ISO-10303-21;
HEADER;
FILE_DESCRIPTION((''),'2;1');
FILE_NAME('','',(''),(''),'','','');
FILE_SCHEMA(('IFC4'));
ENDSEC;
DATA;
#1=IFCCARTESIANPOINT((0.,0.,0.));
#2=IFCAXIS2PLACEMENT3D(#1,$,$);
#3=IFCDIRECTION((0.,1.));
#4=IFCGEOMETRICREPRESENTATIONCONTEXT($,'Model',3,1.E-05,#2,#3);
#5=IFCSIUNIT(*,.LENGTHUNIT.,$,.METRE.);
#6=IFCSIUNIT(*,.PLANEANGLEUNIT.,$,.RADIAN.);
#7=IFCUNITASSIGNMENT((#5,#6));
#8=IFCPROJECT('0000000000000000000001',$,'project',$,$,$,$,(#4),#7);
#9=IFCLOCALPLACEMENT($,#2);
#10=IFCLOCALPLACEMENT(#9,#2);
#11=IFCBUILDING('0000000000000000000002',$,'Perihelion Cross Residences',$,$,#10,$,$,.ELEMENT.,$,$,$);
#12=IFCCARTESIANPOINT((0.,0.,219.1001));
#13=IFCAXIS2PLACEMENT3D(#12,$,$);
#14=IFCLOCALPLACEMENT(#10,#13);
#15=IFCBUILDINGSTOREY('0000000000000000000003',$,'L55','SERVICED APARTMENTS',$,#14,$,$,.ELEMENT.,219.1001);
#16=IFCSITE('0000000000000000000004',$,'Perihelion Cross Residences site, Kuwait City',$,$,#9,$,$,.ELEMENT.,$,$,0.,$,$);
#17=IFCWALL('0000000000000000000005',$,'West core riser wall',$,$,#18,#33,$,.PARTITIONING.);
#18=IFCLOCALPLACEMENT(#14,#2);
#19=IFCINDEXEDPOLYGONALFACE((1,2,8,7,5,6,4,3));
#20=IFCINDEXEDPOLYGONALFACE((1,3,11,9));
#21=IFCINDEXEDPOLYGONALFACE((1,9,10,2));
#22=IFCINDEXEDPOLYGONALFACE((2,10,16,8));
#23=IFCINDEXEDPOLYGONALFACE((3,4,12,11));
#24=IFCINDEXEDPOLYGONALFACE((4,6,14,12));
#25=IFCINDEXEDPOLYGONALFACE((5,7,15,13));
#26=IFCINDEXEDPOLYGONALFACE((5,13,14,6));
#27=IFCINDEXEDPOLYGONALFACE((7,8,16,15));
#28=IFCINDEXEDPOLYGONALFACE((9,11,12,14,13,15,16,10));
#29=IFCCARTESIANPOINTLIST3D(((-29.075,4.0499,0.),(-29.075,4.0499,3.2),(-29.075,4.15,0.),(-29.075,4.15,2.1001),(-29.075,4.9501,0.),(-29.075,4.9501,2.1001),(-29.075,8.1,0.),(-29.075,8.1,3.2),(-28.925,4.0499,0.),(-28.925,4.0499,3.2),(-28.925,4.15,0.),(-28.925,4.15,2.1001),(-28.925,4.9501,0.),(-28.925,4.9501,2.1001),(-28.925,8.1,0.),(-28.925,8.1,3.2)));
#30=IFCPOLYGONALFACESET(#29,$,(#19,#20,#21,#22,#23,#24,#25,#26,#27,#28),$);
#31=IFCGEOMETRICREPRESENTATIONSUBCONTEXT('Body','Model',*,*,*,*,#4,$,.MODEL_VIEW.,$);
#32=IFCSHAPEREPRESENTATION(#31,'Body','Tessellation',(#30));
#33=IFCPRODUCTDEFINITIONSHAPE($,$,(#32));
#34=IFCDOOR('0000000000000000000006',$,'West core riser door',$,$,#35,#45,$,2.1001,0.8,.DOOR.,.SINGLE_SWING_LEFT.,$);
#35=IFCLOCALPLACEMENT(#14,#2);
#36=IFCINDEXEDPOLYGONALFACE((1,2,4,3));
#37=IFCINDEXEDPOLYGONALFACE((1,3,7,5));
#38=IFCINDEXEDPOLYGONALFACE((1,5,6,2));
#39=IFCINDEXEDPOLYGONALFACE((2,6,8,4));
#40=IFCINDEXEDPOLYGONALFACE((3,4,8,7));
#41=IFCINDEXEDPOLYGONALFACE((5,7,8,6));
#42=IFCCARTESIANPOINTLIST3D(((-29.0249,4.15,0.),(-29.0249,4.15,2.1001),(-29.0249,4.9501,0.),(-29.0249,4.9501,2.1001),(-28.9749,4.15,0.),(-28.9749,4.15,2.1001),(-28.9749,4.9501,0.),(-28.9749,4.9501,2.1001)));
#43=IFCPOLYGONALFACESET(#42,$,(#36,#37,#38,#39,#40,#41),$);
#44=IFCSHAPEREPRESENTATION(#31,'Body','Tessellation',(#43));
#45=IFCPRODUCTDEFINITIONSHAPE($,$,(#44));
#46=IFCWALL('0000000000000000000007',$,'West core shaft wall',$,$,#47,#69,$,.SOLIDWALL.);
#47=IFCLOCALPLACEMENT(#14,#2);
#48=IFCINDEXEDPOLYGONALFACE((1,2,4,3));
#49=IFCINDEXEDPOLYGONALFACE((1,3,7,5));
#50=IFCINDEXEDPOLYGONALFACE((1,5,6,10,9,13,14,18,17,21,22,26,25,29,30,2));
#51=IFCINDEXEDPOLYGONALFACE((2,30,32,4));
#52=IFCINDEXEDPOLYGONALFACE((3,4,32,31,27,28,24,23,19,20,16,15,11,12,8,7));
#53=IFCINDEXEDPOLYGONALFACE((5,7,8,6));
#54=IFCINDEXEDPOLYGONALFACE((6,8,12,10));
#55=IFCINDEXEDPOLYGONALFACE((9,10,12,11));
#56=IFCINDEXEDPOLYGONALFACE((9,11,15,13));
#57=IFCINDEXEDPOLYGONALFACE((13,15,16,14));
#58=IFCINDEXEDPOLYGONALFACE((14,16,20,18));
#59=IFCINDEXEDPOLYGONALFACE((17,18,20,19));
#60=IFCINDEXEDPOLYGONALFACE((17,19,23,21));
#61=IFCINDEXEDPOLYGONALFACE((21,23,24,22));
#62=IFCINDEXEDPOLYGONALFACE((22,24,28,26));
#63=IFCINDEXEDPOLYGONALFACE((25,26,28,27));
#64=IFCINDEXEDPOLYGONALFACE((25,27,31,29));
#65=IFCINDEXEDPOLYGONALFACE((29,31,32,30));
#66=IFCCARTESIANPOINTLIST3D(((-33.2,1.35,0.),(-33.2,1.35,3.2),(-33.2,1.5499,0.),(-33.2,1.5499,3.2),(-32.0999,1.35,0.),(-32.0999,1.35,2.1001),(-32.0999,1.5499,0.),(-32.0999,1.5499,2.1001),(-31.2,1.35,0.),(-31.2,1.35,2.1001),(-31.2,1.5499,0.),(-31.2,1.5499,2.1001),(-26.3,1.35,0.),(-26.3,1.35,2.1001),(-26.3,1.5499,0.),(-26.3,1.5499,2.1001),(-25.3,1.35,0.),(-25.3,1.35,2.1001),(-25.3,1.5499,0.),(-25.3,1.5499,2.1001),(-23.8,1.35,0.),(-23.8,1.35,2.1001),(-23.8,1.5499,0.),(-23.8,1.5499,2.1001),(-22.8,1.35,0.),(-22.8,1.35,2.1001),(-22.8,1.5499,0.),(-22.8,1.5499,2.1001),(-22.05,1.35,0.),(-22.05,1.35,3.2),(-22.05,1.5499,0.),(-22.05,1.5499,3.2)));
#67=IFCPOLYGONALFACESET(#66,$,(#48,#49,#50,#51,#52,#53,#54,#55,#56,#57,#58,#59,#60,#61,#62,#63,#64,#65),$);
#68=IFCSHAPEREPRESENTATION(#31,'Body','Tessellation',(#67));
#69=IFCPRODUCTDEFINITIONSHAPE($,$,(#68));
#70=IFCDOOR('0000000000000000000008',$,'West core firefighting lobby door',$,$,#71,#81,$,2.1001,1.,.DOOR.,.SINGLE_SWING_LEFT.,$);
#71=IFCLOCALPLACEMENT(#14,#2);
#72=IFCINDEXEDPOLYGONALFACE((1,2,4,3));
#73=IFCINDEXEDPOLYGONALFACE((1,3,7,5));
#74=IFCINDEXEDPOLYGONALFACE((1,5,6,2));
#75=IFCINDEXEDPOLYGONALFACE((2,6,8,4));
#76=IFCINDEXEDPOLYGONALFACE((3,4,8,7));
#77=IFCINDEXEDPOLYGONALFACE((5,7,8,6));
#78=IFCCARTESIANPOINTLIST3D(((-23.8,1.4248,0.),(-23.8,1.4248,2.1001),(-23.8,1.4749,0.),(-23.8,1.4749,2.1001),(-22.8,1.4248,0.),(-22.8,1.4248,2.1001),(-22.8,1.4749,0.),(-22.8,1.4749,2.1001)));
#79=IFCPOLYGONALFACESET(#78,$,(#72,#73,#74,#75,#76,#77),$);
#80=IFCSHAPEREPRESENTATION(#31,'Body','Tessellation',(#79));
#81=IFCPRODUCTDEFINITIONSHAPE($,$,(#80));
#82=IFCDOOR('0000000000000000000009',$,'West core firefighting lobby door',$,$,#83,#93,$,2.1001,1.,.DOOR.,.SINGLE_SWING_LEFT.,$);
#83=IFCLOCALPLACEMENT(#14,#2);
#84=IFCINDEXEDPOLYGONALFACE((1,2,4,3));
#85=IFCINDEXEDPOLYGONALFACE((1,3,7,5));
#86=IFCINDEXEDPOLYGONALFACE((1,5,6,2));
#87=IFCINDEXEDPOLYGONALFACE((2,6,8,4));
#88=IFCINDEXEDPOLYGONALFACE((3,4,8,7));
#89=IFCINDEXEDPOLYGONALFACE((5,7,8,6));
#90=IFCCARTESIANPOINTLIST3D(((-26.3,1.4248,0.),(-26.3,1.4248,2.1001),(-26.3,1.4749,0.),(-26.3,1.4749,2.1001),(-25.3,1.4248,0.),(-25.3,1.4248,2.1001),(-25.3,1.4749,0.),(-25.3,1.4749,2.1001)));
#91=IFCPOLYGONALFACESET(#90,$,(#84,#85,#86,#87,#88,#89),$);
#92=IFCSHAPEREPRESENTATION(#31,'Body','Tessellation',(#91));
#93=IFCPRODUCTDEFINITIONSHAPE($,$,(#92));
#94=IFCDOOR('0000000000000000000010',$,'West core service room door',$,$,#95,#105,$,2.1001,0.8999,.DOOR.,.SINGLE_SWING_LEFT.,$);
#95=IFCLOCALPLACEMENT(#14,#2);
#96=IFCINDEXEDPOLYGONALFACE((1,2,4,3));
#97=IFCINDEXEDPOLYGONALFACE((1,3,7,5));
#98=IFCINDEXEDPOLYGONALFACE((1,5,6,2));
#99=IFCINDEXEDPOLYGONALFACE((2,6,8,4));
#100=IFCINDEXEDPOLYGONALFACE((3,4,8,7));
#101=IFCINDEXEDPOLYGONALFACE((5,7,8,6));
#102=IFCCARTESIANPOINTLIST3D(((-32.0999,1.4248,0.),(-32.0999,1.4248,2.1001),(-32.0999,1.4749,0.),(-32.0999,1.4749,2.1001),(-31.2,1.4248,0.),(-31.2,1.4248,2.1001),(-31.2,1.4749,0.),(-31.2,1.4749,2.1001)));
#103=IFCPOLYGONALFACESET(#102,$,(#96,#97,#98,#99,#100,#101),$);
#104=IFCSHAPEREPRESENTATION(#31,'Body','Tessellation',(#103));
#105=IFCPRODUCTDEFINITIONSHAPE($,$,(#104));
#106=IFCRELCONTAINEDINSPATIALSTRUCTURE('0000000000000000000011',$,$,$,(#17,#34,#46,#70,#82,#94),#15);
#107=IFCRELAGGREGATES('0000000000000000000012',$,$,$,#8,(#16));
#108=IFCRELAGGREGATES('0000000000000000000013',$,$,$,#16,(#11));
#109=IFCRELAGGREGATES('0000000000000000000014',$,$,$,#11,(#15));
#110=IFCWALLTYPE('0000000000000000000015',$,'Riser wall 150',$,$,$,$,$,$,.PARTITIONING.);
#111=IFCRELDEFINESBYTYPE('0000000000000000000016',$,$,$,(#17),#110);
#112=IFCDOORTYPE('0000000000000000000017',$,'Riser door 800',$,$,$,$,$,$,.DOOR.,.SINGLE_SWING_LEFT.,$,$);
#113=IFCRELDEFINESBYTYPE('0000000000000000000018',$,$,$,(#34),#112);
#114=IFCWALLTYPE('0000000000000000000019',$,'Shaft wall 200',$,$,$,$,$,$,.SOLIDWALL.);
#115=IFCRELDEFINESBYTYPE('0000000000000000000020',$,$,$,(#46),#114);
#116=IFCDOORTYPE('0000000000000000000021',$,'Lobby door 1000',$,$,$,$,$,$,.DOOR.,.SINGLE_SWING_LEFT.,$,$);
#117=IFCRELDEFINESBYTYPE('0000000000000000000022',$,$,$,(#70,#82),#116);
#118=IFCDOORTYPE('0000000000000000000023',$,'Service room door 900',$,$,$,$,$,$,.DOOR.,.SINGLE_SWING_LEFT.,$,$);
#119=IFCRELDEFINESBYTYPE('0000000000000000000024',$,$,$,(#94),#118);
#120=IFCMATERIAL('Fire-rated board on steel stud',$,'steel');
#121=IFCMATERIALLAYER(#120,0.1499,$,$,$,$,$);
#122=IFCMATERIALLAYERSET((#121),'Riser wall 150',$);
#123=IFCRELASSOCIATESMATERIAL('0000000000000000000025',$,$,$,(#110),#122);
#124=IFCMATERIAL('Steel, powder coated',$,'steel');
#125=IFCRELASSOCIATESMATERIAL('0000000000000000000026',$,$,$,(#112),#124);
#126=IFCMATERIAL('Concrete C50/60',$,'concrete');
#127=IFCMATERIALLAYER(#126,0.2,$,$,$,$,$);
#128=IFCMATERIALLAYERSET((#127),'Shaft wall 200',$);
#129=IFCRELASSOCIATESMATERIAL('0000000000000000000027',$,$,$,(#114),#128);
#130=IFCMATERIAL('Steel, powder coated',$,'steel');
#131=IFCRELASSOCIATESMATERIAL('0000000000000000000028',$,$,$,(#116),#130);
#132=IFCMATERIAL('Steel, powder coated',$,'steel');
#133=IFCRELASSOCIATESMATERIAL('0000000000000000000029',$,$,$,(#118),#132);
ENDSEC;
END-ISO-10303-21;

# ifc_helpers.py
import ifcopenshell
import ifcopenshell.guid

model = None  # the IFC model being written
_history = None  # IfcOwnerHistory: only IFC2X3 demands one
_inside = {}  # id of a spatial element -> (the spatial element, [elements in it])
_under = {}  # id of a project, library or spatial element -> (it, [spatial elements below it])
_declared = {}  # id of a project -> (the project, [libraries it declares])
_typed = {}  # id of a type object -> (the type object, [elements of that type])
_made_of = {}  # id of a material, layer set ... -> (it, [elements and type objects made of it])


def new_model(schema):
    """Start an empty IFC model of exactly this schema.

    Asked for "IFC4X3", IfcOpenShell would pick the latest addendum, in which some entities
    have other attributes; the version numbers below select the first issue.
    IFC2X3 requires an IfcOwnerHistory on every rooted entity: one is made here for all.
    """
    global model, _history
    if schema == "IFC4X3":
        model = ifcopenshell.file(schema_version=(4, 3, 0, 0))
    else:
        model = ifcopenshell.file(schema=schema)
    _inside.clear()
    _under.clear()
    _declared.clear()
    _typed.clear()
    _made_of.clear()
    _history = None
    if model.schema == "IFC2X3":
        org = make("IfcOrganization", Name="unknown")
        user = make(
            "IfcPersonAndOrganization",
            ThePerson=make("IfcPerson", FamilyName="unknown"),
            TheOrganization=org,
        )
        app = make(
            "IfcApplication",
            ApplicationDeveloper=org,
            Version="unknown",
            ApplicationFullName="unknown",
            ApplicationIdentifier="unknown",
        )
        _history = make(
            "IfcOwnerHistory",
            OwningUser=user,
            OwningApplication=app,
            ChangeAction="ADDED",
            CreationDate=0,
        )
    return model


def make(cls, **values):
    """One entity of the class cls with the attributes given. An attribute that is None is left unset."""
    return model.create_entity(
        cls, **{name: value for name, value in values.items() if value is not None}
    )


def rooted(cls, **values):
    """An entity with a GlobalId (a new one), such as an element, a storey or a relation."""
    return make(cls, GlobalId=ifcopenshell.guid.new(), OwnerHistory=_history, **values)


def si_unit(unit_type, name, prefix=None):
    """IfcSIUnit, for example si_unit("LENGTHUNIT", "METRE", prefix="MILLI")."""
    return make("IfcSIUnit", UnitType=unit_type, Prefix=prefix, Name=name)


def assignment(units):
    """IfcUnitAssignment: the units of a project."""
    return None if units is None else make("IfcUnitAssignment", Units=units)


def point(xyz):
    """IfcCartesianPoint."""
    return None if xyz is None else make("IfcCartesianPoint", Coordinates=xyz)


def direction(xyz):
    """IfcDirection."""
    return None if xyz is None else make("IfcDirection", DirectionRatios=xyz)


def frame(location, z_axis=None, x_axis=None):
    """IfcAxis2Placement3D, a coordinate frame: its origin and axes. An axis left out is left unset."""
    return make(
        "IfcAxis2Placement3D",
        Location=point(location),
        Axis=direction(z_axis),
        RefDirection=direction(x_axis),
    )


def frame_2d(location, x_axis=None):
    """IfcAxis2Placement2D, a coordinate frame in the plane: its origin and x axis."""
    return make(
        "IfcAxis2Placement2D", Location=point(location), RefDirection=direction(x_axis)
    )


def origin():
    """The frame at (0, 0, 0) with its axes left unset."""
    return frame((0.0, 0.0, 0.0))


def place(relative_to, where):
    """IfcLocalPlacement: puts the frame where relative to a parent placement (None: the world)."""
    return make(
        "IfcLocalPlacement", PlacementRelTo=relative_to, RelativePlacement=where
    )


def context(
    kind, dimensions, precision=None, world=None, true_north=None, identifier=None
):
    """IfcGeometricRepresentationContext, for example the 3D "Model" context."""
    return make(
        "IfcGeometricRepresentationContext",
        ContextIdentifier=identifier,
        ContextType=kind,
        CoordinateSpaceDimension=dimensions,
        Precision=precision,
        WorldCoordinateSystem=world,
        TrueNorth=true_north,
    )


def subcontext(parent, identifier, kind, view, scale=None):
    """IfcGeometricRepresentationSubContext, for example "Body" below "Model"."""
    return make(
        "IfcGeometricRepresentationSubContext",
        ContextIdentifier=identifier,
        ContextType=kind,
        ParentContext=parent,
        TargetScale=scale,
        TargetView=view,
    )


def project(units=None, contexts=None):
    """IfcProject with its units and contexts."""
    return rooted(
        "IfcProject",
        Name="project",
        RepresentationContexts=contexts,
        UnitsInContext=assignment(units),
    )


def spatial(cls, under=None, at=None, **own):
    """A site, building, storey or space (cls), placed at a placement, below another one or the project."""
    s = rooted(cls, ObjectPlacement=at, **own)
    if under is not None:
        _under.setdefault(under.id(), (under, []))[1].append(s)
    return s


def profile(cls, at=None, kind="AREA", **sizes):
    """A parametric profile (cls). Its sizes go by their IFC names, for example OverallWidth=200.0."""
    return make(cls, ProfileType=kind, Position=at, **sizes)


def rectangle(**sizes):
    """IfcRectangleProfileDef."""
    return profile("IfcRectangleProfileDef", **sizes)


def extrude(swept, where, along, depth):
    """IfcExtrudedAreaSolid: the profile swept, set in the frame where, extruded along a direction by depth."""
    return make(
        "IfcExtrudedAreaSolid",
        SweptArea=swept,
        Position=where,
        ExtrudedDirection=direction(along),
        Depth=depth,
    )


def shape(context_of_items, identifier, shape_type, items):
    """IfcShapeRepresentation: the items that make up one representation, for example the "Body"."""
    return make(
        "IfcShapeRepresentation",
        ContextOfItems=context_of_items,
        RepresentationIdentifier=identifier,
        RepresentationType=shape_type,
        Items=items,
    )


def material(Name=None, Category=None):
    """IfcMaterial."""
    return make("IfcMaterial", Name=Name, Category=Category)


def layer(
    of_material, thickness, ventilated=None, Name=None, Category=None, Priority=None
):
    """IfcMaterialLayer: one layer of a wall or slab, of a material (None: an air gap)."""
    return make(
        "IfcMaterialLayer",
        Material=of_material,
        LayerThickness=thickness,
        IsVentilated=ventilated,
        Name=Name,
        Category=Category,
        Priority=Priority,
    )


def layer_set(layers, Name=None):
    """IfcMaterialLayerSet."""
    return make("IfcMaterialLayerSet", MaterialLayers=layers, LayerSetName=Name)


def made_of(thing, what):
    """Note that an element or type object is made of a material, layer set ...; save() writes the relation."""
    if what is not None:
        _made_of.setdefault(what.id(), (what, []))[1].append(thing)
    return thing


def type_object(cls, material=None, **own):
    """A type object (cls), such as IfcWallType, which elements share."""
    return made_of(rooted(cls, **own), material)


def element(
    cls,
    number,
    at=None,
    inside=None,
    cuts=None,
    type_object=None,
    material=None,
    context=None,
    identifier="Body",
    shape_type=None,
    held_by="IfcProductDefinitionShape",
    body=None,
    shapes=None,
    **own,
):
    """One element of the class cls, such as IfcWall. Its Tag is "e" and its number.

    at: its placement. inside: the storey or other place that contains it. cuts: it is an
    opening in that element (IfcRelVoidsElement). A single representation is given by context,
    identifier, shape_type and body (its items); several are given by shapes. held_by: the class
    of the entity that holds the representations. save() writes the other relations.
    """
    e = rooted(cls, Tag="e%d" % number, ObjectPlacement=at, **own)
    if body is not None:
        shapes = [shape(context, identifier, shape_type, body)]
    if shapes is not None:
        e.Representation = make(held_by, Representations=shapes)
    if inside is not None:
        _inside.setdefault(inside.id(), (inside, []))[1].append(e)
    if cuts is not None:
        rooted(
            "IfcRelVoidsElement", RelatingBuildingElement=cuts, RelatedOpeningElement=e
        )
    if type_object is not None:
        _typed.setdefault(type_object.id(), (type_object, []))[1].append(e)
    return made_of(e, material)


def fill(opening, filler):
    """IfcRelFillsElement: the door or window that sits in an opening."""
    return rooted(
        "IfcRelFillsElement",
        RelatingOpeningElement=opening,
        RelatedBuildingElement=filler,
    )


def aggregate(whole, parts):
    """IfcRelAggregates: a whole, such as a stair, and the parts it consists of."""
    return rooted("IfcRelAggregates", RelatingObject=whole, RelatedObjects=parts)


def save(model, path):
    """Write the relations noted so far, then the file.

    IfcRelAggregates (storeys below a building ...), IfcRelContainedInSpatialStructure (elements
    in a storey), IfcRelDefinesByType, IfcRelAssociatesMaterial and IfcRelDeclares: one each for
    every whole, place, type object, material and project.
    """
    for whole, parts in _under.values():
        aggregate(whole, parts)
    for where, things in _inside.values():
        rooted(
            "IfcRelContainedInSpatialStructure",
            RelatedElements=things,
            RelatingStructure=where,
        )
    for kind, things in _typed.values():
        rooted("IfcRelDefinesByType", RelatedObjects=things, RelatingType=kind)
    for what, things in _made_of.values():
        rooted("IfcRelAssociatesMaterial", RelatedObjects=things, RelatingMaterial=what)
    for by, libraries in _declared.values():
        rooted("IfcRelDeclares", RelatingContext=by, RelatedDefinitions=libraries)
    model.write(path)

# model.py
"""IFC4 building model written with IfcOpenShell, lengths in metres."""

from ifc_helpers import new_model, si_unit, direction, frame, frame_2d, origin, place, context, subcontext, project, spatial, rectangle, extrude, material, layer, layer_set, type_object, element, fill, save


model = new_model("IFC4")

# Units and contexts
model_context = context("Model", 3, precision=1e-05, world=origin(), true_north=direction((0.0, 1.0)))
body_context = subcontext(model_context, "Body", "Model", "MODEL_VIEW")
ifc_project = project(units=[si_unit("LENGTHUNIT", "METRE"), si_unit("PLANEANGLEUNIT", "RADIAN")], contexts=[model_context])

# Site, building, storey
site_placement = place(None, origin())
site = spatial("IfcSite", under=ifc_project, at=site_placement, Name="Perihelion Cross Residences site, Kuwait City", CompositionType="ELEMENT", RefElevation=0.0)
building_placement = place(site_placement, origin())
building = spatial("IfcBuilding", under=site, at=building_placement, Name="Perihelion Cross Residences", CompositionType="ELEMENT")
storey_placement = place(building_placement, frame((0.0, 0.0, 219.1001)))
storey = spatial("IfcBuildingStorey", under=building, at=storey_placement, Name="L55", Description="SERVICED APARTMENTS", CompositionType="ELEMENT", Elevation=219.1001)

# Wall, opening, door
ifc_material_1 = material(Name="Fire-rated board on steel stud", Category="steel")
ifc_layer_1 = layer(ifc_material_1, 0.1499)
ifc_layer_set_1 = layer_set([ifc_layer_1], Name="Riser wall 150")
wall_type_1 = type_object("IfcWallType", Name="Riser wall 150", PredefinedType="PARTITIONING", material=ifc_layer_set_1)
wall_1_placement = place(storey_placement, frame((-29.0, 4.05, 0.0), z_axis=(0.0, 0.0, 1.0), x_axis=(0.0, 1.0, 0.0)))
wall_1 = element("IfcWall", 1, at=wall_1_placement, inside=storey, type_object=wall_type_1, Name="West core riser wall", PredefinedType="PARTITIONING", context=body_context, shape_type="SweptSolid", body=[
    extrude(rectangle(XDim=4.05, YDim=0.1499, at=frame_2d((2.0249, 0.0))), origin(), (0.0, 0.0, 1.0), 3.2),
])
opening_1_placement = place(wall_1_placement, frame((0.1001, 0.0, 0.0)))
opening_1 = element("IfcOpeningElement", 2, at=opening_1_placement, cuts=wall_1, PredefinedType="OPENING", context=body_context, shape_type="SweptSolid", body=[
    extrude(rectangle(XDim=0.8, YDim=2.1001, at=frame_2d((0.3999, 1.05))), frame((0.0, 0.085, 0.0), z_axis=(0.0, -1.0, 0.0), x_axis=(1.0, 0.0, 0.0)), (0.0, 0.0, 1.0), 0.1699),
])
ifc_material_2 = material(Name="Steel, powder coated", Category="steel")
door_type_1 = type_object("IfcDoorType", Name="Riser door 800", OperationType="SINGLE_SWING_LEFT", PredefinedType="DOOR", material=ifc_material_2)
door_1_placement = place(opening_1_placement, origin())
door_1 = element("IfcDoor", 3, at=door_1_placement, inside=storey, type_object=door_type_1, Name="West core riser door", OperationType="SINGLE_SWING_LEFT", OverallHeight=2.1001, OverallWidth=0.8, PredefinedType="DOOR", context=body_context, shape_type="SweptSolid", body=[
    extrude(rectangle(XDim=0.8, YDim=2.1001, at=frame_2d((0.3999, 1.05))), frame((0.0, 0.0249, 0.0), z_axis=(0.0, -1.0, 0.0), x_axis=(1.0, 0.0, 0.0)), (0.0, 0.0, 1.0), 0.05),
])
fill(opening_1, door_1)

# Wall, openings, doors
ifc_material_3 = material(Name="Concrete C50/60", Category="concrete")
ifc_layer_2 = layer(ifc_material_3, 0.2)
ifc_layer_set_2 = layer_set([ifc_layer_2], Name="Shaft wall 200")
wall_type_2 = type_object("IfcWallType", Name="Shaft wall 200", PredefinedType="SOLIDWALL", material=ifc_layer_set_2)
wall_2_placement = place(storey_placement, frame((-33.2, 1.45, 0.0), z_axis=(0.0, 0.0, 1.0), x_axis=(1.0, 0.0, 0.0)))
wall_2 = element("IfcWall", 4, at=wall_2_placement, inside=storey, type_object=wall_type_2, Name="West core shaft wall", PredefinedType="SOLIDWALL", context=body_context, shape_type="SweptSolid", body=[
    extrude(rectangle(XDim=11.1499, YDim=0.2, at=frame_2d((5.575, 0.0))), origin(), (0.0, 0.0, 1.0), 3.2),
])
opening_2_placement = place(wall_2_placement, frame((9.3999, 0.0, 0.0)))
opening_2 = element("IfcOpeningElement", 5, at=opening_2_placement, cuts=wall_2, PredefinedType="OPENING", context=body_context, shape_type="SweptSolid", body=[
    extrude(rectangle(XDim=1.0, YDim=2.1001, at=frame_2d((0.5, 1.05))), frame((0.0, 0.1099, 0.0), z_axis=(0.0, -1.0, 0.0), x_axis=(1.0, 0.0, 0.0)), (0.0, 0.0, 1.0), 0.22),
])
opening_3_placement = place(wall_2_placement, frame((6.8999, 0.0, 0.0)))
opening_3 = element("IfcOpeningElement", 6, at=opening_3_placement, cuts=wall_2, PredefinedType="OPENING", context=body_context, shape_type="SweptSolid", body=[
    extrude(rectangle(XDim=1.0, YDim=2.1001, at=frame_2d((0.5, 1.05))), frame((0.0, 0.1099, 0.0), z_axis=(0.0, -1.0, 0.0), x_axis=(1.0, 0.0, 0.0)), (0.0, 0.0, 1.0), 0.22),
])
opening_4_placement = place(wall_2_placement, frame((1.1001, 0.0, 0.0)))
opening_4 = element("IfcOpeningElement", 7, at=opening_4_placement, cuts=wall_2, PredefinedType="OPENING", context=body_context, shape_type="SweptSolid", body=[
    extrude(rectangle(XDim=0.8999, YDim=2.1001, at=frame_2d((0.45, 1.05))), frame((0.0, 0.1099, 0.0), z_axis=(0.0, -1.0, 0.0), x_axis=(1.0, 0.0, 0.0)), (0.0, 0.0, 1.0), 0.22),
])
ifc_material_4 = material(Name="Steel, powder coated", Category="steel")
door_type_2 = type_object("IfcDoorType", Name="Lobby door 1000", OperationType="SINGLE_SWING_LEFT", PredefinedType="DOOR", material=ifc_material_4)
door_2_placement = place(opening_2_placement, origin())
door_2 = element("IfcDoor", 8, at=door_2_placement, inside=storey, type_object=door_type_2, Name="West core firefighting lobby door", OperationType="SINGLE_SWING_LEFT", OverallHeight=2.1001, OverallWidth=1.0, PredefinedType="DOOR", context=body_context, shape_type="SweptSolid", body=[
    extrude(rectangle(XDim=1.0, YDim=2.1001, at=frame_2d((0.5, 1.05))), frame((0.0, 0.0249, 0.0), z_axis=(0.0, -1.0, 0.0), x_axis=(1.0, 0.0, 0.0)), (0.0, 0.0, 1.0), 0.05),
])
fill(opening_2, door_2)
door_3_placement = place(opening_3_placement, origin())
door_3 = element("IfcDoor", 9, at=door_3_placement, inside=storey, type_object=door_type_2, Name="West core firefighting lobby door", OperationType="SINGLE_SWING_LEFT", OverallHeight=2.1001, OverallWidth=1.0, PredefinedType="DOOR", context=body_context, shape_type="SweptSolid", body=[
    extrude(rectangle(XDim=1.0, YDim=2.1001, at=frame_2d((0.5, 1.05))), frame((0.0, 0.0249, 0.0), z_axis=(0.0, -1.0, 0.0), x_axis=(1.0, 0.0, 0.0)), (0.0, 0.0, 1.0), 0.05),
])
fill(opening_3, door_3)
ifc_material_5 = material(Name="Steel, powder coated", Category="steel")
door_type_3 = type_object("IfcDoorType", Name="Service room door 900", OperationType="SINGLE_SWING_LEFT", PredefinedType="DOOR", material=ifc_material_5)
door_4_placement = place(opening_4_placement, origin())
door_4 = element("IfcDoor", 10, at=door_4_placement, inside=storey, type_object=door_type_3, Name="West core service room door", OperationType="SINGLE_SWING_LEFT", OverallHeight=2.1001, OverallWidth=0.8999, PredefinedType="DOOR", context=body_context, shape_type="SweptSolid", body=[
    extrude(rectangle(XDim=0.8999, YDim=2.1001, at=frame_2d((0.45, 1.05))), frame((0.0, 0.0249, 0.0), z_axis=(0.0, -1.0, 0.0), x_axis=(1.0, 0.0, 0.0)), (0.0, 0.0, 1.0), 0.05),
])
fill(opening_4, door_4)

save(model, "model.ifc")
